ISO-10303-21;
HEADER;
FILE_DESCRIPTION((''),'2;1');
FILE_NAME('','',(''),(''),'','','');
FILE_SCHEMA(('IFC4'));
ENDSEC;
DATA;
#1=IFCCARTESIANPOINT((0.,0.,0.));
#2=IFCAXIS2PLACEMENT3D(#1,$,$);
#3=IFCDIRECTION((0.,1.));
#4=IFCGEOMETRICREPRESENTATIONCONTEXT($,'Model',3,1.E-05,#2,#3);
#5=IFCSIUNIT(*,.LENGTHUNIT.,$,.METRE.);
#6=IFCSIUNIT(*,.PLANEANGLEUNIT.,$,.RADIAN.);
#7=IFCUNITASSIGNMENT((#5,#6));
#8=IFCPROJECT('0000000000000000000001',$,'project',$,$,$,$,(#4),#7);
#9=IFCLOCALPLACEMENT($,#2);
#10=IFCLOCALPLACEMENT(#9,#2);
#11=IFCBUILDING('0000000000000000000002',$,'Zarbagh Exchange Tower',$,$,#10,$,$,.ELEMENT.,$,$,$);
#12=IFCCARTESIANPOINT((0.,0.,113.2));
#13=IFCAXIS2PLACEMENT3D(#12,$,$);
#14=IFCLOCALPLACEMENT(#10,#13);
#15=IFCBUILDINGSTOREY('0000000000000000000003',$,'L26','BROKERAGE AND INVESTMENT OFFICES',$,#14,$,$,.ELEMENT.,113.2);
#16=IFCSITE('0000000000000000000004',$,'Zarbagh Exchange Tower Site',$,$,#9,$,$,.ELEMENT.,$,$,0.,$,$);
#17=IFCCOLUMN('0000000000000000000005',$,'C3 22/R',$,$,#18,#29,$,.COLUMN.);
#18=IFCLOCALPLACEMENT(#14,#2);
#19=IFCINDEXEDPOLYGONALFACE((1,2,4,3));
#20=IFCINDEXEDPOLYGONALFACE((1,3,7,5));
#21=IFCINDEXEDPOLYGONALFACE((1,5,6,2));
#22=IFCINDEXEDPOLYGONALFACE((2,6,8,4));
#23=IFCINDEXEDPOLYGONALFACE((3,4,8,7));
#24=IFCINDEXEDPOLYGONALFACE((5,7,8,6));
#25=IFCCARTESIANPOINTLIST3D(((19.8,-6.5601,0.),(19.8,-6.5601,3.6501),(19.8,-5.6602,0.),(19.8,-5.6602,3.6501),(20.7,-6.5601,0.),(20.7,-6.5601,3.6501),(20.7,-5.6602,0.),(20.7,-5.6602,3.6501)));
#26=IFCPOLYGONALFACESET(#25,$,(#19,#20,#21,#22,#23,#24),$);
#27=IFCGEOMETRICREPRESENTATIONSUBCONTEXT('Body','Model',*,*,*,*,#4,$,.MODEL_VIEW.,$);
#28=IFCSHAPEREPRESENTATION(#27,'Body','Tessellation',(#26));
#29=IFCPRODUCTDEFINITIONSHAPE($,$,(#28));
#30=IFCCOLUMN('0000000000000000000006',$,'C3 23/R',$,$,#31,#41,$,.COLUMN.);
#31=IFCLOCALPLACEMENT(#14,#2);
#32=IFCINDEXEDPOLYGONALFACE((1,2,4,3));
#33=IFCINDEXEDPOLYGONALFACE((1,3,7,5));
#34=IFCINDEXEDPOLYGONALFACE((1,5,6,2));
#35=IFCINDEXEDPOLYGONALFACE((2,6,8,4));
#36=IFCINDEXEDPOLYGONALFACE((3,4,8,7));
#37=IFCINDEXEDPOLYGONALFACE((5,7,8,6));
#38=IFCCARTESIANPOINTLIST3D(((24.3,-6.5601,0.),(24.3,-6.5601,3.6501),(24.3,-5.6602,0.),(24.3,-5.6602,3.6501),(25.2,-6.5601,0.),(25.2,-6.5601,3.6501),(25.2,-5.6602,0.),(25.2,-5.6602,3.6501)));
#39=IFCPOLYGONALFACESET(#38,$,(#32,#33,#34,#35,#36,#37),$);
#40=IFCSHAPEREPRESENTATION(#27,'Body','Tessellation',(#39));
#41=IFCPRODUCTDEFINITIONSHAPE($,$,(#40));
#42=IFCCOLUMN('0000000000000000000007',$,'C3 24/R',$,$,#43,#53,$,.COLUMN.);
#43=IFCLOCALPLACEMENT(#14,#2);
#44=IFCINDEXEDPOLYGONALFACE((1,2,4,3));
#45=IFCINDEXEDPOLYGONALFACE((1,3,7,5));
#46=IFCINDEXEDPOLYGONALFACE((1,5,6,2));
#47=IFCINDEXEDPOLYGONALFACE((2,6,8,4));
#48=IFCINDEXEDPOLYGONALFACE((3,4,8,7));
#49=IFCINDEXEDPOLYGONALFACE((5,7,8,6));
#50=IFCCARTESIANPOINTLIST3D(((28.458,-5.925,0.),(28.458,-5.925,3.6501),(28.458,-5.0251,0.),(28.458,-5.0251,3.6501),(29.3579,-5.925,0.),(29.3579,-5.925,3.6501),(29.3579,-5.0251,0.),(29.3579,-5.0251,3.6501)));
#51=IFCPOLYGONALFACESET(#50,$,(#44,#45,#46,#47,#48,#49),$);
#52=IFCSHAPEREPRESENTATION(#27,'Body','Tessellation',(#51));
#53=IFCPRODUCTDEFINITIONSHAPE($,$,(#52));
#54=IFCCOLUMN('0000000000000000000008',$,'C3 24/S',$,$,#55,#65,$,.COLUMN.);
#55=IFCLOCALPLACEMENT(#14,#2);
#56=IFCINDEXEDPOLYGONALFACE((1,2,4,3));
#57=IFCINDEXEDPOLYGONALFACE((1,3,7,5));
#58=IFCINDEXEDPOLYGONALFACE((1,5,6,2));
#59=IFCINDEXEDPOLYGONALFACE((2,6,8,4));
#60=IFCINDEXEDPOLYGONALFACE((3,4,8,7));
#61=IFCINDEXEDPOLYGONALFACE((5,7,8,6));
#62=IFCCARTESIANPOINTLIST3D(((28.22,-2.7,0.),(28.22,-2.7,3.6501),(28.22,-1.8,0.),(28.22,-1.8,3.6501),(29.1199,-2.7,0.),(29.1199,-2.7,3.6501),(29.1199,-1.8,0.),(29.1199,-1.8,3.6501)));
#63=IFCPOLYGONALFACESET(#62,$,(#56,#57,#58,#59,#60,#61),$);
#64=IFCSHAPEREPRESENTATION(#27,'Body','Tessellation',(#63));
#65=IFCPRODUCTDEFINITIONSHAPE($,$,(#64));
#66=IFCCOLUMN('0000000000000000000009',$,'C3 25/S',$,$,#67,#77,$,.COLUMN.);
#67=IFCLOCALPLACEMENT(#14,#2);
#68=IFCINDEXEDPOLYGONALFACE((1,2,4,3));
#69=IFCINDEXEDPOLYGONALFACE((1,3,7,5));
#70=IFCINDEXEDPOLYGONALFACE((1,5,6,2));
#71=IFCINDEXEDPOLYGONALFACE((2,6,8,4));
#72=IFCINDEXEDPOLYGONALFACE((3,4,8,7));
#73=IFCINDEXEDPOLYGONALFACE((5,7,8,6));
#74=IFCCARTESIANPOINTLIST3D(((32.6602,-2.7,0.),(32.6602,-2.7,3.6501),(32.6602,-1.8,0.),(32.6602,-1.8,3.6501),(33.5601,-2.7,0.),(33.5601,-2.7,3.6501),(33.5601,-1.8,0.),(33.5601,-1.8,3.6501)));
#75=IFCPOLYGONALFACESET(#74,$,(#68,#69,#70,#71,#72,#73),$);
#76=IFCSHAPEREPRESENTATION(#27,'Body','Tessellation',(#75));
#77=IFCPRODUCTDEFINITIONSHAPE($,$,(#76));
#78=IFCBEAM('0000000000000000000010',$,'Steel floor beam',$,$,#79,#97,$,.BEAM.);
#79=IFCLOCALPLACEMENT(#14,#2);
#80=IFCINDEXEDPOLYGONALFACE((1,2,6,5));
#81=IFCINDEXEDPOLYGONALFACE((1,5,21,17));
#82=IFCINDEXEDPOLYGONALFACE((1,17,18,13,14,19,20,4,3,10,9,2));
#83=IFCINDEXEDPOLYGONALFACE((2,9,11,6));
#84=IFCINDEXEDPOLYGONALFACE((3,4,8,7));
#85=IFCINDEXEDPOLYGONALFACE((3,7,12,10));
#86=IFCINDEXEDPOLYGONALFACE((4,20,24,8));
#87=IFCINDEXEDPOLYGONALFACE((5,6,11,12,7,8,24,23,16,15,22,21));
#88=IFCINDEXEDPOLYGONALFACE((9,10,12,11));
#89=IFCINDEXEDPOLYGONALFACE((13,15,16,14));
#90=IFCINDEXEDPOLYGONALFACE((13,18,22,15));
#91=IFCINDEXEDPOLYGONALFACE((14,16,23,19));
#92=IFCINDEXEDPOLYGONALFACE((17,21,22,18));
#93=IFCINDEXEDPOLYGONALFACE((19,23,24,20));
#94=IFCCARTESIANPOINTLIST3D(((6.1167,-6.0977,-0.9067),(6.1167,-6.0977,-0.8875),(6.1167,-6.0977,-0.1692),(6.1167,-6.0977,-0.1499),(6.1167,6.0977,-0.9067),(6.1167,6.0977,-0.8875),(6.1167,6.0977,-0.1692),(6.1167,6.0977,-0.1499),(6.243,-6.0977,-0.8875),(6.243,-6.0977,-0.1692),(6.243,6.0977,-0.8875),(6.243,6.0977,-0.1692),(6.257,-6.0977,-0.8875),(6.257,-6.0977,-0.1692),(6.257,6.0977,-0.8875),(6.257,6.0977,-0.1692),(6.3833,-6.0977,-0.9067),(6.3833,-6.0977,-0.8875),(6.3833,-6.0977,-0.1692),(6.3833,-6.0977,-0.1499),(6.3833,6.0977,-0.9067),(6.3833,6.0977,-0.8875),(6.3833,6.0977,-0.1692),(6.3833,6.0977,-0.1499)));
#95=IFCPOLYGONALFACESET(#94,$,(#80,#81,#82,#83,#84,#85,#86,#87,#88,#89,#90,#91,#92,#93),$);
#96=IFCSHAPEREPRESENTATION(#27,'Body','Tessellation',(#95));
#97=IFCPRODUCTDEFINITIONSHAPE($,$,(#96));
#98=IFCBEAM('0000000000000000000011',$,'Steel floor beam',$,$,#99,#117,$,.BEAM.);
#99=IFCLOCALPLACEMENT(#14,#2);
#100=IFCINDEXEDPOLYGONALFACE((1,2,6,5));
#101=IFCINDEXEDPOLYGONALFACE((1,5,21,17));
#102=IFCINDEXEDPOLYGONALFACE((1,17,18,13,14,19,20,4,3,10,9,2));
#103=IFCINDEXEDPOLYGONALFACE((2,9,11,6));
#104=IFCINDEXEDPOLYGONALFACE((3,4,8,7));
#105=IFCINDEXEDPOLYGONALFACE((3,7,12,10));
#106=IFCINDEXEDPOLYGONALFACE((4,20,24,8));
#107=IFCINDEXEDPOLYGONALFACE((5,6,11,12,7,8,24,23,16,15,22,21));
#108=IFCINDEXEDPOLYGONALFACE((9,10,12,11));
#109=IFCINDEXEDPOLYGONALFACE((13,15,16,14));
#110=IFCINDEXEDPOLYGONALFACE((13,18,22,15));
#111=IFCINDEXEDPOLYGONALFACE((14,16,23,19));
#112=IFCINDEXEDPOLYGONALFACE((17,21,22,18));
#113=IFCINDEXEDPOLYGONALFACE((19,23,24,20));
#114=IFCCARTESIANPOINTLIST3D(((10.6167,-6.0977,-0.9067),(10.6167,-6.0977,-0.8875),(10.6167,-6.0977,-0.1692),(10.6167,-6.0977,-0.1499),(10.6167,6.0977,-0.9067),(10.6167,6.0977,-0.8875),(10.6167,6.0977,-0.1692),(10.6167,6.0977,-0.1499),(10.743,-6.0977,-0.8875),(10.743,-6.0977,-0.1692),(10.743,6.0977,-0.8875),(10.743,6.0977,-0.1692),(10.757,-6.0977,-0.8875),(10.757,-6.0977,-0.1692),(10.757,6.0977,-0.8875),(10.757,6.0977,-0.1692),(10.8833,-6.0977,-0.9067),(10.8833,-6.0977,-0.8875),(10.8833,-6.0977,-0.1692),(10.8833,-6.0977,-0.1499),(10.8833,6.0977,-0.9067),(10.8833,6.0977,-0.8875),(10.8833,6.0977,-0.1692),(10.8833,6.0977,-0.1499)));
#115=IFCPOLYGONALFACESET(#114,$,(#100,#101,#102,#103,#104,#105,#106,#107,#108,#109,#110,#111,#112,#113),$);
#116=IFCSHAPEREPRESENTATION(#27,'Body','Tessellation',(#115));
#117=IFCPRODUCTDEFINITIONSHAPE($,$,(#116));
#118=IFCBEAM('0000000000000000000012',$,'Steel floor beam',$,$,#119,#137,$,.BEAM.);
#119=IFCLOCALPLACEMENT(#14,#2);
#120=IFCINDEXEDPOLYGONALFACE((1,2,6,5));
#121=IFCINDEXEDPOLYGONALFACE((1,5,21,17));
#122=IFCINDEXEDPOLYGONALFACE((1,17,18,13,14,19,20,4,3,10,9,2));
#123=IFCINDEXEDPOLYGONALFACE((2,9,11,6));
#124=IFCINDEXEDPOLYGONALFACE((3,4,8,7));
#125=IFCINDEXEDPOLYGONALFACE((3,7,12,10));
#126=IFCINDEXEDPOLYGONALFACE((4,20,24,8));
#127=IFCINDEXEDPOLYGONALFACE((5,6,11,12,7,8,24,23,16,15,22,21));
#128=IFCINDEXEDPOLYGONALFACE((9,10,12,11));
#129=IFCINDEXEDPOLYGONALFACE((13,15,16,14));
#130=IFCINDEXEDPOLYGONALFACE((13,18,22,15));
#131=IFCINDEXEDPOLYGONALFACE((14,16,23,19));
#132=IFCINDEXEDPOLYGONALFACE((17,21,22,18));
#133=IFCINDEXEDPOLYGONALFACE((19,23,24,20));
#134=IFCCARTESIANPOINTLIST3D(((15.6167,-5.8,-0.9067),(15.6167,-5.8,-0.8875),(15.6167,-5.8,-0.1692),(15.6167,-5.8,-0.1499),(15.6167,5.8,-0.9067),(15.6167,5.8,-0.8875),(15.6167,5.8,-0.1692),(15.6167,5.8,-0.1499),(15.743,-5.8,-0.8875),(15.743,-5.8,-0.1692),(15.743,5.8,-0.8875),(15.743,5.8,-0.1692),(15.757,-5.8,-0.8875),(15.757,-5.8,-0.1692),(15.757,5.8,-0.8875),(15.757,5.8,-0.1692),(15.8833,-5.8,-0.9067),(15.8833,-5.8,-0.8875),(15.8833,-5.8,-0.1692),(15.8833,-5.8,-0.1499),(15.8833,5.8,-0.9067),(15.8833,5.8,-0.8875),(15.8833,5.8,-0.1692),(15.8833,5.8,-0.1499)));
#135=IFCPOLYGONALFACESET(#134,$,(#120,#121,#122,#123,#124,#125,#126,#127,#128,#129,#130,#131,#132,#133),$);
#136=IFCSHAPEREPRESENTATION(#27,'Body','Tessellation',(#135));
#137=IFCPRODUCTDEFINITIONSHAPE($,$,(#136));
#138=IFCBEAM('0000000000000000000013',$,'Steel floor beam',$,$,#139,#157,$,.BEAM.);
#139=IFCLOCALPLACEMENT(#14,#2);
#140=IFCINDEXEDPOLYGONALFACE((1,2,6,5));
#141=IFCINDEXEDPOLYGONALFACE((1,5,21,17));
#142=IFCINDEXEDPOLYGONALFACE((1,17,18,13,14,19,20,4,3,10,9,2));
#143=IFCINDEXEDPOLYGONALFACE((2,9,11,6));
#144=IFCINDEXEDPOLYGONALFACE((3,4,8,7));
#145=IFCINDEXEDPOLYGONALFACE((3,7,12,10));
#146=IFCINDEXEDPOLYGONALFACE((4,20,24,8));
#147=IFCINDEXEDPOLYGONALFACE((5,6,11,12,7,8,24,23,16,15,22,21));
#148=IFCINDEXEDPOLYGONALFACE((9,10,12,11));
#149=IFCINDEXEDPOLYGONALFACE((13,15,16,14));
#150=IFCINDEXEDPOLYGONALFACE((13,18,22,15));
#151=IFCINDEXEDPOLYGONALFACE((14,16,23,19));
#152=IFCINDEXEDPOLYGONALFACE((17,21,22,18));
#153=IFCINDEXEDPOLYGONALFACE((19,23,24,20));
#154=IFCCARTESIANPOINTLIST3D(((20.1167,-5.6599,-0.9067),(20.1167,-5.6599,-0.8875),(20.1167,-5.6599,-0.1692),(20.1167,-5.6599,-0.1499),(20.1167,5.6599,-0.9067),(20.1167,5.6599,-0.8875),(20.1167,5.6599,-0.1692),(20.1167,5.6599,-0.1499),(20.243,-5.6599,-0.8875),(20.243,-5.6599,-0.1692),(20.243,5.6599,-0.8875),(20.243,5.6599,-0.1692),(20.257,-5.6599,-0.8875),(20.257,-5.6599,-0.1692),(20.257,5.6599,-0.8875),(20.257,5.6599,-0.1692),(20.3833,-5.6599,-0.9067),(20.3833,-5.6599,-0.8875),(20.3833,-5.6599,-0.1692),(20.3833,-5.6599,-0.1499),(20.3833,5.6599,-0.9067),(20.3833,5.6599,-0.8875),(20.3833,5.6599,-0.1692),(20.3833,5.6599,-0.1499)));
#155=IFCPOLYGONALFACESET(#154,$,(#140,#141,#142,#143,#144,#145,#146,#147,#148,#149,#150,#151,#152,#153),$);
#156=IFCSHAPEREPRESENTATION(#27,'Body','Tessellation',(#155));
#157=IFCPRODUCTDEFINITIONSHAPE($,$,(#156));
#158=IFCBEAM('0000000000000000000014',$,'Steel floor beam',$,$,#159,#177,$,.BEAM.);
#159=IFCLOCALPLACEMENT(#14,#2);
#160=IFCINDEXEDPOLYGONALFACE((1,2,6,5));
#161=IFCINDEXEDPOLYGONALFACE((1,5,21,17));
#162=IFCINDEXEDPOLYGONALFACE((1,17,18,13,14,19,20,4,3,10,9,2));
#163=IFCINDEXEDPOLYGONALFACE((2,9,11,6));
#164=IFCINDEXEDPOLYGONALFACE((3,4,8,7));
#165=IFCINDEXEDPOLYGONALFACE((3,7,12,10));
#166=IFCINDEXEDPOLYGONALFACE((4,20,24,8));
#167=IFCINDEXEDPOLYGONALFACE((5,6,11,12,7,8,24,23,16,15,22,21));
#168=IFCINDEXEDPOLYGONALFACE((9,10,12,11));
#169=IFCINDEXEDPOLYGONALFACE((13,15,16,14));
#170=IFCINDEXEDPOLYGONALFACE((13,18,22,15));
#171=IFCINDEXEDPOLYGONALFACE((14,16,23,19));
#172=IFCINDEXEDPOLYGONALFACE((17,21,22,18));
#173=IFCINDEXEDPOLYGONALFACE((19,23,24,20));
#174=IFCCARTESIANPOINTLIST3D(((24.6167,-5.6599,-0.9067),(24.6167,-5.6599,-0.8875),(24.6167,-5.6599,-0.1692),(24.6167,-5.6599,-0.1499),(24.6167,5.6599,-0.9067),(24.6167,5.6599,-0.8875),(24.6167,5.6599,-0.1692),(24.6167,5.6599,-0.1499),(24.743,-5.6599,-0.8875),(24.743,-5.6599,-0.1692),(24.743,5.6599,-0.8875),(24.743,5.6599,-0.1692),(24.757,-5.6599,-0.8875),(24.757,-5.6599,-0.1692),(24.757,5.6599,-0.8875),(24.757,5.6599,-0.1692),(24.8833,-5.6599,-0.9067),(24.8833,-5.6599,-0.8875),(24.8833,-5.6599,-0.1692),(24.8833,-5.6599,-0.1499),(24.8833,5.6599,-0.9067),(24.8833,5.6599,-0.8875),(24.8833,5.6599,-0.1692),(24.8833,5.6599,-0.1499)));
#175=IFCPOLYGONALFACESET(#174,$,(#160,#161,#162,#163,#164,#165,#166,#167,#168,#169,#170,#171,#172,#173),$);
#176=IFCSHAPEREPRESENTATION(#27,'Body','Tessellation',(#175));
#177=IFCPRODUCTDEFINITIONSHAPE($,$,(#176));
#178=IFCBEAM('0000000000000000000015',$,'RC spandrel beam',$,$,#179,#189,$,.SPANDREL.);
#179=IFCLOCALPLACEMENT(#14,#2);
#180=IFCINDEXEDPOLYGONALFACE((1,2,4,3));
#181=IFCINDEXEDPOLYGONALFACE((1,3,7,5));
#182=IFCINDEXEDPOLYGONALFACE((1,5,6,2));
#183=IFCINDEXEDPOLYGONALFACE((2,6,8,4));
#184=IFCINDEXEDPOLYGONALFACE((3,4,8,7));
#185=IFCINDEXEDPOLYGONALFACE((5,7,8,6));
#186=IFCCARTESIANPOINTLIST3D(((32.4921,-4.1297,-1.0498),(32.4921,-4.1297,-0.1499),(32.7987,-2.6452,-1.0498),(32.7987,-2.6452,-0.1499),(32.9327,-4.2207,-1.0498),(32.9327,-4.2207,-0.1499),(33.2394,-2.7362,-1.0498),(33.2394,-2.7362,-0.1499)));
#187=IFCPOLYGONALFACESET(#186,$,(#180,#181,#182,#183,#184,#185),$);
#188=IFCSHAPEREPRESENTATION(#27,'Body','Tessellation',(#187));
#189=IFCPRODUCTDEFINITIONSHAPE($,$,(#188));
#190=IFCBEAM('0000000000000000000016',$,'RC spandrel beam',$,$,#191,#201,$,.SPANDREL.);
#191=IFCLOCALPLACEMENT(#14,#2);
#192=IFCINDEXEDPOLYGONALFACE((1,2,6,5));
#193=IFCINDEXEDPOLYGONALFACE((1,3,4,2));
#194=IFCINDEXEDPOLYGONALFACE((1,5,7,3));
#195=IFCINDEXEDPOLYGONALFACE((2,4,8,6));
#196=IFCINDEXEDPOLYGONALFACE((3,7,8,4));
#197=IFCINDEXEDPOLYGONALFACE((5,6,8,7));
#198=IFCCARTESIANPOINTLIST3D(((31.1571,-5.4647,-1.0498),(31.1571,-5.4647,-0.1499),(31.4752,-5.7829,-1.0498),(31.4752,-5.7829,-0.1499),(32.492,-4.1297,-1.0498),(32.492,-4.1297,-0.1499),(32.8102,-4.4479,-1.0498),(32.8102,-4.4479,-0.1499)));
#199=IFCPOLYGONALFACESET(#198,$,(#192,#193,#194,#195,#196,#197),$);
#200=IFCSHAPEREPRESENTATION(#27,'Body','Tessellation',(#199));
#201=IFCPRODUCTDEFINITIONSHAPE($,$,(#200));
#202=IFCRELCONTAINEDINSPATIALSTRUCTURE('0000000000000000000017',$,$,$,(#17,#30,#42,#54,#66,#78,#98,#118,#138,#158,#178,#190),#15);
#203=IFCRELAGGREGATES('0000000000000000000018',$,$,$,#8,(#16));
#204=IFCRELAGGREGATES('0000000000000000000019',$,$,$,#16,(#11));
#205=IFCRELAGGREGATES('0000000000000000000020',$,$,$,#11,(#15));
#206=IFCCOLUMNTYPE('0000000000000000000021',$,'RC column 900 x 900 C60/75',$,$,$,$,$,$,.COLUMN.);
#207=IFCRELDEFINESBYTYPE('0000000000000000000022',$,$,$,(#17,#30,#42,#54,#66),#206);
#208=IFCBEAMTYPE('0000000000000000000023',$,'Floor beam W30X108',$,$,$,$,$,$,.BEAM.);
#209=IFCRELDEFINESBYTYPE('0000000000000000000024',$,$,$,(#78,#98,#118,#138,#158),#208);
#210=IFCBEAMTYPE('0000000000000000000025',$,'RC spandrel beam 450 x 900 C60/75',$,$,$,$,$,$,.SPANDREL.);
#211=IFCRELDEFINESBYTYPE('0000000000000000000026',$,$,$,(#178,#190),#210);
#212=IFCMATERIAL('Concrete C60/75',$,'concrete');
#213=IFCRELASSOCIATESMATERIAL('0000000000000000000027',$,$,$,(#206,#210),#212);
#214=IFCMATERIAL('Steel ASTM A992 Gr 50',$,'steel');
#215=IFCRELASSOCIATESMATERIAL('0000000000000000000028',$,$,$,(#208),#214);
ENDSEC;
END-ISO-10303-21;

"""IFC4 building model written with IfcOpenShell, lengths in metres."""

from ifc_helpers import new_model, si_unit, direction, frame, origin, origin_2d, place, context, subcontext, project, spatial, rectangle, i_section, extrude, material, material_profile, profile_set, type_object, element, save


model = new_model("IFC4")

# Units and contexts
model_context = context("Model", 3, precision=1e-05, world=origin(), true_north=direction((0.0, 1.0)))
body_context = subcontext(model_context, "Body", "Model", "MODEL_VIEW")
ifc_project = project(units=[si_unit("LENGTHUNIT", "METRE"), si_unit("PLANEANGLEUNIT", "RADIAN")], contexts=[model_context])

# Site, building, storey
site_placement = place(None, origin())
site = spatial("IfcSite", under=ifc_project, at=site_placement, Name="Zarbagh Exchange Tower Site", CompositionType="ELEMENT", RefElevation=0.0)
building_placement = place(site_placement, origin())
building = spatial("IfcBuilding", under=site, at=building_placement, Name="Zarbagh Exchange Tower", CompositionType="ELEMENT")
storey_placement = place(building_placement, frame((0.0, 0.0, 113.2)))
storey = spatial("IfcBuildingStorey", under=building, at=storey_placement, Name="L26", Description="BROKERAGE AND INVESTMENT OFFICES", CompositionType="ELEMENT", Elevation=113.2)

# Columns
ifc_material_1 = material(Name="Concrete C60/75", Category="concrete")
ifc_material_profile_1 = material_profile(ifc_material_1, rectangle(XDim=0.8999, YDim=0.8999, at=origin_2d()), Name="RC column 900 x 900 C60/75")
ifc_profile_set_1 = profile_set([ifc_material_profile_1], Name="Concrete C60/75")
column_type = type_object("IfcColumnType", Name="RC column 900 x 900 C60/75", PredefinedType="COLUMN", material=ifc_profile_set_1)
for number, where, z_axis, x_axis, name in (
    (1, (20.25, -6.1101, 0.0), (0.0, 0.0, 1.0), (1.0, 0.0, 0.0), "C3 22/R"),
    (2, (24.75, -6.1101, 0.0), (0.0, 0.0, 1.0), (1.0, 0.0, 0.0), "C3 23/R"),
    (3, (28.908, -5.4751, 0.0), (0.0, 0.0, 1.0), (1.0, 0.0, 0.0), "C3 24/R"),
    (4, (28.6699, -2.25, 0.0), (0.0, 0.0, 1.0), (1.0, 0.0, 0.0), "C3 24/S"),
    (5, (33.1101, -2.25, 0.0), (0.0, 0.0, 1.0), (1.0, 0.0, 0.0), "C3 25/S"),
):
    element("IfcColumn", number, at=place(storey_placement, frame(where, z_axis=z_axis, x_axis=x_axis)), inside=storey, type_object=column_type, Name=name, PredefinedType="COLUMN", context=body_context, shape_type="SweptSolid", body=[
        extrude(rectangle(XDim=0.8999, YDim=0.8999, at=origin_2d()), origin(), (0.0, 0.0, 1.0), 3.6501),
    ])

# Beams
ifc_material_2 = material(Name="Steel ASTM A992 Gr 50", Category="steel")
ifc_material_profile_2 = material_profile(ifc_material_2, i_section(OverallWidth=0.2666, OverallDepth=0.7568, WebThickness=0.0139, FlangeThickness=0.0193, at=origin_2d()), Name="W30X108")
ifc_profile_set_2 = profile_set([ifc_material_profile_2], Name="Steel ASTM A992 Gr 50")
beam_type_1 = type_object("IfcBeamType", Name="Floor beam W30X108", PredefinedType="BEAM", material=ifc_profile_set_2)
for number, where, z_axis, x_axis, name in (
    (6, (6.25, -6.0977, -0.5283), (0.0, 1.0, 0.0), (-1.0, 0.0, 0.0), "Steel floor beam"),
    (7, (10.75, -6.0977, -0.5283), (0.0, 1.0, 0.0), (-1.0, 0.0, 0.0), "Steel floor beam"),
):
    element("IfcBeam", number, at=place(storey_placement, frame(where, z_axis=z_axis, x_axis=x_axis)), inside=storey, type_object=beam_type_1, Name=name, PredefinedType="BEAM", context=body_context, shape_type="SweptSolid", body=[
        extrude(i_section(OverallWidth=0.2666, OverallDepth=0.7568, WebThickness=0.0139, FlangeThickness=0.0193, at=origin_2d()), origin(), (0.0, 0.0, 1.0), 12.1953),
    ])
beam_1_placement = place(storey_placement, frame((15.75, -5.8, -0.5283), z_axis=(0.0, 1.0, 0.0), x_axis=(-1.0, 0.0, 0.0)))
element("IfcBeam", 8, at=beam_1_placement, inside=storey, type_object=beam_type_1, Name="Steel floor beam", PredefinedType="BEAM", context=body_context, shape_type="SweptSolid", body=[
    extrude(i_section(OverallWidth=0.2666, OverallDepth=0.7568, WebThickness=0.0139, FlangeThickness=0.0193, at=origin_2d()), origin(), (0.0, 0.0, 1.0), 11.6001),
])
for number, where, z_axis, x_axis, name in (
    (9, (20.25, -5.6599, -0.5283), (0.0, 1.0, 0.0), (-1.0, 0.0, 0.0), "Steel floor beam"),
    (10, (24.75, -5.6599, -0.5283), (0.0, 1.0, 0.0), (-1.0, 0.0, 0.0), "Steel floor beam"),
):
    element("IfcBeam", number, at=place(storey_placement, frame(where, z_axis=z_axis, x_axis=x_axis)), inside=storey, type_object=beam_type_1, Name=name, PredefinedType="BEAM", context=body_context, shape_type="SweptSolid", body=[
        extrude(i_section(OverallWidth=0.2666, OverallDepth=0.7568, WebThickness=0.0139, FlangeThickness=0.0193, at=origin_2d()), origin(), (0.0, 0.0, 1.0), 11.3198),
    ])
ifc_material_profile_3 = material_profile(ifc_material_1, rectangle(XDim=0.45, YDim=0.8999, at=origin_2d()), Name="RC spandrel beam 450 x 900 C60/75")
ifc_profile_set_3 = profile_set([ifc_material_profile_3], Name="Concrete C60/75")
beam_type_2 = type_object("IfcBeamType", Name="RC spandrel beam 450 x 900 C60/75", PredefinedType="SPANDREL", material=ifc_profile_set_3)
beam_2_placement = place(storey_placement, frame((33.019, -2.6907, -0.5999), z_axis=(-0.202275, -0.979329, 0.0), x_axis=(0.979329, -0.202275, 0.0)))
element("IfcBeam", 11, at=beam_2_placement, inside=storey, type_object=beam_type_2, Name="RC spandrel beam", PredefinedType="SPANDREL", context=body_context, shape_type="SweptSolid", body=[
    extrude(rectangle(XDim=0.45, YDim=0.8999, at=origin_2d()), origin(), (0.0, 0.0, 1.0), 1.5159),
])
beam_3_placement = place(storey_placement, frame((32.6511, -4.2888, -0.5999), z_axis=(-0.707107, -0.707107, 0.0), x_axis=(0.707107, -0.707107, 0.0)))
element("IfcBeam", 12, at=beam_3_placement, inside=storey, type_object=beam_type_2, Name="RC spandrel beam", PredefinedType="SPANDREL", context=body_context, shape_type="SweptSolid", body=[
    extrude(rectangle(XDim=0.45, YDim=0.8999, at=origin_2d()), origin(), (0.0, 0.0, 1.0), 1.8879),
])

save(model, "model.ifc")
